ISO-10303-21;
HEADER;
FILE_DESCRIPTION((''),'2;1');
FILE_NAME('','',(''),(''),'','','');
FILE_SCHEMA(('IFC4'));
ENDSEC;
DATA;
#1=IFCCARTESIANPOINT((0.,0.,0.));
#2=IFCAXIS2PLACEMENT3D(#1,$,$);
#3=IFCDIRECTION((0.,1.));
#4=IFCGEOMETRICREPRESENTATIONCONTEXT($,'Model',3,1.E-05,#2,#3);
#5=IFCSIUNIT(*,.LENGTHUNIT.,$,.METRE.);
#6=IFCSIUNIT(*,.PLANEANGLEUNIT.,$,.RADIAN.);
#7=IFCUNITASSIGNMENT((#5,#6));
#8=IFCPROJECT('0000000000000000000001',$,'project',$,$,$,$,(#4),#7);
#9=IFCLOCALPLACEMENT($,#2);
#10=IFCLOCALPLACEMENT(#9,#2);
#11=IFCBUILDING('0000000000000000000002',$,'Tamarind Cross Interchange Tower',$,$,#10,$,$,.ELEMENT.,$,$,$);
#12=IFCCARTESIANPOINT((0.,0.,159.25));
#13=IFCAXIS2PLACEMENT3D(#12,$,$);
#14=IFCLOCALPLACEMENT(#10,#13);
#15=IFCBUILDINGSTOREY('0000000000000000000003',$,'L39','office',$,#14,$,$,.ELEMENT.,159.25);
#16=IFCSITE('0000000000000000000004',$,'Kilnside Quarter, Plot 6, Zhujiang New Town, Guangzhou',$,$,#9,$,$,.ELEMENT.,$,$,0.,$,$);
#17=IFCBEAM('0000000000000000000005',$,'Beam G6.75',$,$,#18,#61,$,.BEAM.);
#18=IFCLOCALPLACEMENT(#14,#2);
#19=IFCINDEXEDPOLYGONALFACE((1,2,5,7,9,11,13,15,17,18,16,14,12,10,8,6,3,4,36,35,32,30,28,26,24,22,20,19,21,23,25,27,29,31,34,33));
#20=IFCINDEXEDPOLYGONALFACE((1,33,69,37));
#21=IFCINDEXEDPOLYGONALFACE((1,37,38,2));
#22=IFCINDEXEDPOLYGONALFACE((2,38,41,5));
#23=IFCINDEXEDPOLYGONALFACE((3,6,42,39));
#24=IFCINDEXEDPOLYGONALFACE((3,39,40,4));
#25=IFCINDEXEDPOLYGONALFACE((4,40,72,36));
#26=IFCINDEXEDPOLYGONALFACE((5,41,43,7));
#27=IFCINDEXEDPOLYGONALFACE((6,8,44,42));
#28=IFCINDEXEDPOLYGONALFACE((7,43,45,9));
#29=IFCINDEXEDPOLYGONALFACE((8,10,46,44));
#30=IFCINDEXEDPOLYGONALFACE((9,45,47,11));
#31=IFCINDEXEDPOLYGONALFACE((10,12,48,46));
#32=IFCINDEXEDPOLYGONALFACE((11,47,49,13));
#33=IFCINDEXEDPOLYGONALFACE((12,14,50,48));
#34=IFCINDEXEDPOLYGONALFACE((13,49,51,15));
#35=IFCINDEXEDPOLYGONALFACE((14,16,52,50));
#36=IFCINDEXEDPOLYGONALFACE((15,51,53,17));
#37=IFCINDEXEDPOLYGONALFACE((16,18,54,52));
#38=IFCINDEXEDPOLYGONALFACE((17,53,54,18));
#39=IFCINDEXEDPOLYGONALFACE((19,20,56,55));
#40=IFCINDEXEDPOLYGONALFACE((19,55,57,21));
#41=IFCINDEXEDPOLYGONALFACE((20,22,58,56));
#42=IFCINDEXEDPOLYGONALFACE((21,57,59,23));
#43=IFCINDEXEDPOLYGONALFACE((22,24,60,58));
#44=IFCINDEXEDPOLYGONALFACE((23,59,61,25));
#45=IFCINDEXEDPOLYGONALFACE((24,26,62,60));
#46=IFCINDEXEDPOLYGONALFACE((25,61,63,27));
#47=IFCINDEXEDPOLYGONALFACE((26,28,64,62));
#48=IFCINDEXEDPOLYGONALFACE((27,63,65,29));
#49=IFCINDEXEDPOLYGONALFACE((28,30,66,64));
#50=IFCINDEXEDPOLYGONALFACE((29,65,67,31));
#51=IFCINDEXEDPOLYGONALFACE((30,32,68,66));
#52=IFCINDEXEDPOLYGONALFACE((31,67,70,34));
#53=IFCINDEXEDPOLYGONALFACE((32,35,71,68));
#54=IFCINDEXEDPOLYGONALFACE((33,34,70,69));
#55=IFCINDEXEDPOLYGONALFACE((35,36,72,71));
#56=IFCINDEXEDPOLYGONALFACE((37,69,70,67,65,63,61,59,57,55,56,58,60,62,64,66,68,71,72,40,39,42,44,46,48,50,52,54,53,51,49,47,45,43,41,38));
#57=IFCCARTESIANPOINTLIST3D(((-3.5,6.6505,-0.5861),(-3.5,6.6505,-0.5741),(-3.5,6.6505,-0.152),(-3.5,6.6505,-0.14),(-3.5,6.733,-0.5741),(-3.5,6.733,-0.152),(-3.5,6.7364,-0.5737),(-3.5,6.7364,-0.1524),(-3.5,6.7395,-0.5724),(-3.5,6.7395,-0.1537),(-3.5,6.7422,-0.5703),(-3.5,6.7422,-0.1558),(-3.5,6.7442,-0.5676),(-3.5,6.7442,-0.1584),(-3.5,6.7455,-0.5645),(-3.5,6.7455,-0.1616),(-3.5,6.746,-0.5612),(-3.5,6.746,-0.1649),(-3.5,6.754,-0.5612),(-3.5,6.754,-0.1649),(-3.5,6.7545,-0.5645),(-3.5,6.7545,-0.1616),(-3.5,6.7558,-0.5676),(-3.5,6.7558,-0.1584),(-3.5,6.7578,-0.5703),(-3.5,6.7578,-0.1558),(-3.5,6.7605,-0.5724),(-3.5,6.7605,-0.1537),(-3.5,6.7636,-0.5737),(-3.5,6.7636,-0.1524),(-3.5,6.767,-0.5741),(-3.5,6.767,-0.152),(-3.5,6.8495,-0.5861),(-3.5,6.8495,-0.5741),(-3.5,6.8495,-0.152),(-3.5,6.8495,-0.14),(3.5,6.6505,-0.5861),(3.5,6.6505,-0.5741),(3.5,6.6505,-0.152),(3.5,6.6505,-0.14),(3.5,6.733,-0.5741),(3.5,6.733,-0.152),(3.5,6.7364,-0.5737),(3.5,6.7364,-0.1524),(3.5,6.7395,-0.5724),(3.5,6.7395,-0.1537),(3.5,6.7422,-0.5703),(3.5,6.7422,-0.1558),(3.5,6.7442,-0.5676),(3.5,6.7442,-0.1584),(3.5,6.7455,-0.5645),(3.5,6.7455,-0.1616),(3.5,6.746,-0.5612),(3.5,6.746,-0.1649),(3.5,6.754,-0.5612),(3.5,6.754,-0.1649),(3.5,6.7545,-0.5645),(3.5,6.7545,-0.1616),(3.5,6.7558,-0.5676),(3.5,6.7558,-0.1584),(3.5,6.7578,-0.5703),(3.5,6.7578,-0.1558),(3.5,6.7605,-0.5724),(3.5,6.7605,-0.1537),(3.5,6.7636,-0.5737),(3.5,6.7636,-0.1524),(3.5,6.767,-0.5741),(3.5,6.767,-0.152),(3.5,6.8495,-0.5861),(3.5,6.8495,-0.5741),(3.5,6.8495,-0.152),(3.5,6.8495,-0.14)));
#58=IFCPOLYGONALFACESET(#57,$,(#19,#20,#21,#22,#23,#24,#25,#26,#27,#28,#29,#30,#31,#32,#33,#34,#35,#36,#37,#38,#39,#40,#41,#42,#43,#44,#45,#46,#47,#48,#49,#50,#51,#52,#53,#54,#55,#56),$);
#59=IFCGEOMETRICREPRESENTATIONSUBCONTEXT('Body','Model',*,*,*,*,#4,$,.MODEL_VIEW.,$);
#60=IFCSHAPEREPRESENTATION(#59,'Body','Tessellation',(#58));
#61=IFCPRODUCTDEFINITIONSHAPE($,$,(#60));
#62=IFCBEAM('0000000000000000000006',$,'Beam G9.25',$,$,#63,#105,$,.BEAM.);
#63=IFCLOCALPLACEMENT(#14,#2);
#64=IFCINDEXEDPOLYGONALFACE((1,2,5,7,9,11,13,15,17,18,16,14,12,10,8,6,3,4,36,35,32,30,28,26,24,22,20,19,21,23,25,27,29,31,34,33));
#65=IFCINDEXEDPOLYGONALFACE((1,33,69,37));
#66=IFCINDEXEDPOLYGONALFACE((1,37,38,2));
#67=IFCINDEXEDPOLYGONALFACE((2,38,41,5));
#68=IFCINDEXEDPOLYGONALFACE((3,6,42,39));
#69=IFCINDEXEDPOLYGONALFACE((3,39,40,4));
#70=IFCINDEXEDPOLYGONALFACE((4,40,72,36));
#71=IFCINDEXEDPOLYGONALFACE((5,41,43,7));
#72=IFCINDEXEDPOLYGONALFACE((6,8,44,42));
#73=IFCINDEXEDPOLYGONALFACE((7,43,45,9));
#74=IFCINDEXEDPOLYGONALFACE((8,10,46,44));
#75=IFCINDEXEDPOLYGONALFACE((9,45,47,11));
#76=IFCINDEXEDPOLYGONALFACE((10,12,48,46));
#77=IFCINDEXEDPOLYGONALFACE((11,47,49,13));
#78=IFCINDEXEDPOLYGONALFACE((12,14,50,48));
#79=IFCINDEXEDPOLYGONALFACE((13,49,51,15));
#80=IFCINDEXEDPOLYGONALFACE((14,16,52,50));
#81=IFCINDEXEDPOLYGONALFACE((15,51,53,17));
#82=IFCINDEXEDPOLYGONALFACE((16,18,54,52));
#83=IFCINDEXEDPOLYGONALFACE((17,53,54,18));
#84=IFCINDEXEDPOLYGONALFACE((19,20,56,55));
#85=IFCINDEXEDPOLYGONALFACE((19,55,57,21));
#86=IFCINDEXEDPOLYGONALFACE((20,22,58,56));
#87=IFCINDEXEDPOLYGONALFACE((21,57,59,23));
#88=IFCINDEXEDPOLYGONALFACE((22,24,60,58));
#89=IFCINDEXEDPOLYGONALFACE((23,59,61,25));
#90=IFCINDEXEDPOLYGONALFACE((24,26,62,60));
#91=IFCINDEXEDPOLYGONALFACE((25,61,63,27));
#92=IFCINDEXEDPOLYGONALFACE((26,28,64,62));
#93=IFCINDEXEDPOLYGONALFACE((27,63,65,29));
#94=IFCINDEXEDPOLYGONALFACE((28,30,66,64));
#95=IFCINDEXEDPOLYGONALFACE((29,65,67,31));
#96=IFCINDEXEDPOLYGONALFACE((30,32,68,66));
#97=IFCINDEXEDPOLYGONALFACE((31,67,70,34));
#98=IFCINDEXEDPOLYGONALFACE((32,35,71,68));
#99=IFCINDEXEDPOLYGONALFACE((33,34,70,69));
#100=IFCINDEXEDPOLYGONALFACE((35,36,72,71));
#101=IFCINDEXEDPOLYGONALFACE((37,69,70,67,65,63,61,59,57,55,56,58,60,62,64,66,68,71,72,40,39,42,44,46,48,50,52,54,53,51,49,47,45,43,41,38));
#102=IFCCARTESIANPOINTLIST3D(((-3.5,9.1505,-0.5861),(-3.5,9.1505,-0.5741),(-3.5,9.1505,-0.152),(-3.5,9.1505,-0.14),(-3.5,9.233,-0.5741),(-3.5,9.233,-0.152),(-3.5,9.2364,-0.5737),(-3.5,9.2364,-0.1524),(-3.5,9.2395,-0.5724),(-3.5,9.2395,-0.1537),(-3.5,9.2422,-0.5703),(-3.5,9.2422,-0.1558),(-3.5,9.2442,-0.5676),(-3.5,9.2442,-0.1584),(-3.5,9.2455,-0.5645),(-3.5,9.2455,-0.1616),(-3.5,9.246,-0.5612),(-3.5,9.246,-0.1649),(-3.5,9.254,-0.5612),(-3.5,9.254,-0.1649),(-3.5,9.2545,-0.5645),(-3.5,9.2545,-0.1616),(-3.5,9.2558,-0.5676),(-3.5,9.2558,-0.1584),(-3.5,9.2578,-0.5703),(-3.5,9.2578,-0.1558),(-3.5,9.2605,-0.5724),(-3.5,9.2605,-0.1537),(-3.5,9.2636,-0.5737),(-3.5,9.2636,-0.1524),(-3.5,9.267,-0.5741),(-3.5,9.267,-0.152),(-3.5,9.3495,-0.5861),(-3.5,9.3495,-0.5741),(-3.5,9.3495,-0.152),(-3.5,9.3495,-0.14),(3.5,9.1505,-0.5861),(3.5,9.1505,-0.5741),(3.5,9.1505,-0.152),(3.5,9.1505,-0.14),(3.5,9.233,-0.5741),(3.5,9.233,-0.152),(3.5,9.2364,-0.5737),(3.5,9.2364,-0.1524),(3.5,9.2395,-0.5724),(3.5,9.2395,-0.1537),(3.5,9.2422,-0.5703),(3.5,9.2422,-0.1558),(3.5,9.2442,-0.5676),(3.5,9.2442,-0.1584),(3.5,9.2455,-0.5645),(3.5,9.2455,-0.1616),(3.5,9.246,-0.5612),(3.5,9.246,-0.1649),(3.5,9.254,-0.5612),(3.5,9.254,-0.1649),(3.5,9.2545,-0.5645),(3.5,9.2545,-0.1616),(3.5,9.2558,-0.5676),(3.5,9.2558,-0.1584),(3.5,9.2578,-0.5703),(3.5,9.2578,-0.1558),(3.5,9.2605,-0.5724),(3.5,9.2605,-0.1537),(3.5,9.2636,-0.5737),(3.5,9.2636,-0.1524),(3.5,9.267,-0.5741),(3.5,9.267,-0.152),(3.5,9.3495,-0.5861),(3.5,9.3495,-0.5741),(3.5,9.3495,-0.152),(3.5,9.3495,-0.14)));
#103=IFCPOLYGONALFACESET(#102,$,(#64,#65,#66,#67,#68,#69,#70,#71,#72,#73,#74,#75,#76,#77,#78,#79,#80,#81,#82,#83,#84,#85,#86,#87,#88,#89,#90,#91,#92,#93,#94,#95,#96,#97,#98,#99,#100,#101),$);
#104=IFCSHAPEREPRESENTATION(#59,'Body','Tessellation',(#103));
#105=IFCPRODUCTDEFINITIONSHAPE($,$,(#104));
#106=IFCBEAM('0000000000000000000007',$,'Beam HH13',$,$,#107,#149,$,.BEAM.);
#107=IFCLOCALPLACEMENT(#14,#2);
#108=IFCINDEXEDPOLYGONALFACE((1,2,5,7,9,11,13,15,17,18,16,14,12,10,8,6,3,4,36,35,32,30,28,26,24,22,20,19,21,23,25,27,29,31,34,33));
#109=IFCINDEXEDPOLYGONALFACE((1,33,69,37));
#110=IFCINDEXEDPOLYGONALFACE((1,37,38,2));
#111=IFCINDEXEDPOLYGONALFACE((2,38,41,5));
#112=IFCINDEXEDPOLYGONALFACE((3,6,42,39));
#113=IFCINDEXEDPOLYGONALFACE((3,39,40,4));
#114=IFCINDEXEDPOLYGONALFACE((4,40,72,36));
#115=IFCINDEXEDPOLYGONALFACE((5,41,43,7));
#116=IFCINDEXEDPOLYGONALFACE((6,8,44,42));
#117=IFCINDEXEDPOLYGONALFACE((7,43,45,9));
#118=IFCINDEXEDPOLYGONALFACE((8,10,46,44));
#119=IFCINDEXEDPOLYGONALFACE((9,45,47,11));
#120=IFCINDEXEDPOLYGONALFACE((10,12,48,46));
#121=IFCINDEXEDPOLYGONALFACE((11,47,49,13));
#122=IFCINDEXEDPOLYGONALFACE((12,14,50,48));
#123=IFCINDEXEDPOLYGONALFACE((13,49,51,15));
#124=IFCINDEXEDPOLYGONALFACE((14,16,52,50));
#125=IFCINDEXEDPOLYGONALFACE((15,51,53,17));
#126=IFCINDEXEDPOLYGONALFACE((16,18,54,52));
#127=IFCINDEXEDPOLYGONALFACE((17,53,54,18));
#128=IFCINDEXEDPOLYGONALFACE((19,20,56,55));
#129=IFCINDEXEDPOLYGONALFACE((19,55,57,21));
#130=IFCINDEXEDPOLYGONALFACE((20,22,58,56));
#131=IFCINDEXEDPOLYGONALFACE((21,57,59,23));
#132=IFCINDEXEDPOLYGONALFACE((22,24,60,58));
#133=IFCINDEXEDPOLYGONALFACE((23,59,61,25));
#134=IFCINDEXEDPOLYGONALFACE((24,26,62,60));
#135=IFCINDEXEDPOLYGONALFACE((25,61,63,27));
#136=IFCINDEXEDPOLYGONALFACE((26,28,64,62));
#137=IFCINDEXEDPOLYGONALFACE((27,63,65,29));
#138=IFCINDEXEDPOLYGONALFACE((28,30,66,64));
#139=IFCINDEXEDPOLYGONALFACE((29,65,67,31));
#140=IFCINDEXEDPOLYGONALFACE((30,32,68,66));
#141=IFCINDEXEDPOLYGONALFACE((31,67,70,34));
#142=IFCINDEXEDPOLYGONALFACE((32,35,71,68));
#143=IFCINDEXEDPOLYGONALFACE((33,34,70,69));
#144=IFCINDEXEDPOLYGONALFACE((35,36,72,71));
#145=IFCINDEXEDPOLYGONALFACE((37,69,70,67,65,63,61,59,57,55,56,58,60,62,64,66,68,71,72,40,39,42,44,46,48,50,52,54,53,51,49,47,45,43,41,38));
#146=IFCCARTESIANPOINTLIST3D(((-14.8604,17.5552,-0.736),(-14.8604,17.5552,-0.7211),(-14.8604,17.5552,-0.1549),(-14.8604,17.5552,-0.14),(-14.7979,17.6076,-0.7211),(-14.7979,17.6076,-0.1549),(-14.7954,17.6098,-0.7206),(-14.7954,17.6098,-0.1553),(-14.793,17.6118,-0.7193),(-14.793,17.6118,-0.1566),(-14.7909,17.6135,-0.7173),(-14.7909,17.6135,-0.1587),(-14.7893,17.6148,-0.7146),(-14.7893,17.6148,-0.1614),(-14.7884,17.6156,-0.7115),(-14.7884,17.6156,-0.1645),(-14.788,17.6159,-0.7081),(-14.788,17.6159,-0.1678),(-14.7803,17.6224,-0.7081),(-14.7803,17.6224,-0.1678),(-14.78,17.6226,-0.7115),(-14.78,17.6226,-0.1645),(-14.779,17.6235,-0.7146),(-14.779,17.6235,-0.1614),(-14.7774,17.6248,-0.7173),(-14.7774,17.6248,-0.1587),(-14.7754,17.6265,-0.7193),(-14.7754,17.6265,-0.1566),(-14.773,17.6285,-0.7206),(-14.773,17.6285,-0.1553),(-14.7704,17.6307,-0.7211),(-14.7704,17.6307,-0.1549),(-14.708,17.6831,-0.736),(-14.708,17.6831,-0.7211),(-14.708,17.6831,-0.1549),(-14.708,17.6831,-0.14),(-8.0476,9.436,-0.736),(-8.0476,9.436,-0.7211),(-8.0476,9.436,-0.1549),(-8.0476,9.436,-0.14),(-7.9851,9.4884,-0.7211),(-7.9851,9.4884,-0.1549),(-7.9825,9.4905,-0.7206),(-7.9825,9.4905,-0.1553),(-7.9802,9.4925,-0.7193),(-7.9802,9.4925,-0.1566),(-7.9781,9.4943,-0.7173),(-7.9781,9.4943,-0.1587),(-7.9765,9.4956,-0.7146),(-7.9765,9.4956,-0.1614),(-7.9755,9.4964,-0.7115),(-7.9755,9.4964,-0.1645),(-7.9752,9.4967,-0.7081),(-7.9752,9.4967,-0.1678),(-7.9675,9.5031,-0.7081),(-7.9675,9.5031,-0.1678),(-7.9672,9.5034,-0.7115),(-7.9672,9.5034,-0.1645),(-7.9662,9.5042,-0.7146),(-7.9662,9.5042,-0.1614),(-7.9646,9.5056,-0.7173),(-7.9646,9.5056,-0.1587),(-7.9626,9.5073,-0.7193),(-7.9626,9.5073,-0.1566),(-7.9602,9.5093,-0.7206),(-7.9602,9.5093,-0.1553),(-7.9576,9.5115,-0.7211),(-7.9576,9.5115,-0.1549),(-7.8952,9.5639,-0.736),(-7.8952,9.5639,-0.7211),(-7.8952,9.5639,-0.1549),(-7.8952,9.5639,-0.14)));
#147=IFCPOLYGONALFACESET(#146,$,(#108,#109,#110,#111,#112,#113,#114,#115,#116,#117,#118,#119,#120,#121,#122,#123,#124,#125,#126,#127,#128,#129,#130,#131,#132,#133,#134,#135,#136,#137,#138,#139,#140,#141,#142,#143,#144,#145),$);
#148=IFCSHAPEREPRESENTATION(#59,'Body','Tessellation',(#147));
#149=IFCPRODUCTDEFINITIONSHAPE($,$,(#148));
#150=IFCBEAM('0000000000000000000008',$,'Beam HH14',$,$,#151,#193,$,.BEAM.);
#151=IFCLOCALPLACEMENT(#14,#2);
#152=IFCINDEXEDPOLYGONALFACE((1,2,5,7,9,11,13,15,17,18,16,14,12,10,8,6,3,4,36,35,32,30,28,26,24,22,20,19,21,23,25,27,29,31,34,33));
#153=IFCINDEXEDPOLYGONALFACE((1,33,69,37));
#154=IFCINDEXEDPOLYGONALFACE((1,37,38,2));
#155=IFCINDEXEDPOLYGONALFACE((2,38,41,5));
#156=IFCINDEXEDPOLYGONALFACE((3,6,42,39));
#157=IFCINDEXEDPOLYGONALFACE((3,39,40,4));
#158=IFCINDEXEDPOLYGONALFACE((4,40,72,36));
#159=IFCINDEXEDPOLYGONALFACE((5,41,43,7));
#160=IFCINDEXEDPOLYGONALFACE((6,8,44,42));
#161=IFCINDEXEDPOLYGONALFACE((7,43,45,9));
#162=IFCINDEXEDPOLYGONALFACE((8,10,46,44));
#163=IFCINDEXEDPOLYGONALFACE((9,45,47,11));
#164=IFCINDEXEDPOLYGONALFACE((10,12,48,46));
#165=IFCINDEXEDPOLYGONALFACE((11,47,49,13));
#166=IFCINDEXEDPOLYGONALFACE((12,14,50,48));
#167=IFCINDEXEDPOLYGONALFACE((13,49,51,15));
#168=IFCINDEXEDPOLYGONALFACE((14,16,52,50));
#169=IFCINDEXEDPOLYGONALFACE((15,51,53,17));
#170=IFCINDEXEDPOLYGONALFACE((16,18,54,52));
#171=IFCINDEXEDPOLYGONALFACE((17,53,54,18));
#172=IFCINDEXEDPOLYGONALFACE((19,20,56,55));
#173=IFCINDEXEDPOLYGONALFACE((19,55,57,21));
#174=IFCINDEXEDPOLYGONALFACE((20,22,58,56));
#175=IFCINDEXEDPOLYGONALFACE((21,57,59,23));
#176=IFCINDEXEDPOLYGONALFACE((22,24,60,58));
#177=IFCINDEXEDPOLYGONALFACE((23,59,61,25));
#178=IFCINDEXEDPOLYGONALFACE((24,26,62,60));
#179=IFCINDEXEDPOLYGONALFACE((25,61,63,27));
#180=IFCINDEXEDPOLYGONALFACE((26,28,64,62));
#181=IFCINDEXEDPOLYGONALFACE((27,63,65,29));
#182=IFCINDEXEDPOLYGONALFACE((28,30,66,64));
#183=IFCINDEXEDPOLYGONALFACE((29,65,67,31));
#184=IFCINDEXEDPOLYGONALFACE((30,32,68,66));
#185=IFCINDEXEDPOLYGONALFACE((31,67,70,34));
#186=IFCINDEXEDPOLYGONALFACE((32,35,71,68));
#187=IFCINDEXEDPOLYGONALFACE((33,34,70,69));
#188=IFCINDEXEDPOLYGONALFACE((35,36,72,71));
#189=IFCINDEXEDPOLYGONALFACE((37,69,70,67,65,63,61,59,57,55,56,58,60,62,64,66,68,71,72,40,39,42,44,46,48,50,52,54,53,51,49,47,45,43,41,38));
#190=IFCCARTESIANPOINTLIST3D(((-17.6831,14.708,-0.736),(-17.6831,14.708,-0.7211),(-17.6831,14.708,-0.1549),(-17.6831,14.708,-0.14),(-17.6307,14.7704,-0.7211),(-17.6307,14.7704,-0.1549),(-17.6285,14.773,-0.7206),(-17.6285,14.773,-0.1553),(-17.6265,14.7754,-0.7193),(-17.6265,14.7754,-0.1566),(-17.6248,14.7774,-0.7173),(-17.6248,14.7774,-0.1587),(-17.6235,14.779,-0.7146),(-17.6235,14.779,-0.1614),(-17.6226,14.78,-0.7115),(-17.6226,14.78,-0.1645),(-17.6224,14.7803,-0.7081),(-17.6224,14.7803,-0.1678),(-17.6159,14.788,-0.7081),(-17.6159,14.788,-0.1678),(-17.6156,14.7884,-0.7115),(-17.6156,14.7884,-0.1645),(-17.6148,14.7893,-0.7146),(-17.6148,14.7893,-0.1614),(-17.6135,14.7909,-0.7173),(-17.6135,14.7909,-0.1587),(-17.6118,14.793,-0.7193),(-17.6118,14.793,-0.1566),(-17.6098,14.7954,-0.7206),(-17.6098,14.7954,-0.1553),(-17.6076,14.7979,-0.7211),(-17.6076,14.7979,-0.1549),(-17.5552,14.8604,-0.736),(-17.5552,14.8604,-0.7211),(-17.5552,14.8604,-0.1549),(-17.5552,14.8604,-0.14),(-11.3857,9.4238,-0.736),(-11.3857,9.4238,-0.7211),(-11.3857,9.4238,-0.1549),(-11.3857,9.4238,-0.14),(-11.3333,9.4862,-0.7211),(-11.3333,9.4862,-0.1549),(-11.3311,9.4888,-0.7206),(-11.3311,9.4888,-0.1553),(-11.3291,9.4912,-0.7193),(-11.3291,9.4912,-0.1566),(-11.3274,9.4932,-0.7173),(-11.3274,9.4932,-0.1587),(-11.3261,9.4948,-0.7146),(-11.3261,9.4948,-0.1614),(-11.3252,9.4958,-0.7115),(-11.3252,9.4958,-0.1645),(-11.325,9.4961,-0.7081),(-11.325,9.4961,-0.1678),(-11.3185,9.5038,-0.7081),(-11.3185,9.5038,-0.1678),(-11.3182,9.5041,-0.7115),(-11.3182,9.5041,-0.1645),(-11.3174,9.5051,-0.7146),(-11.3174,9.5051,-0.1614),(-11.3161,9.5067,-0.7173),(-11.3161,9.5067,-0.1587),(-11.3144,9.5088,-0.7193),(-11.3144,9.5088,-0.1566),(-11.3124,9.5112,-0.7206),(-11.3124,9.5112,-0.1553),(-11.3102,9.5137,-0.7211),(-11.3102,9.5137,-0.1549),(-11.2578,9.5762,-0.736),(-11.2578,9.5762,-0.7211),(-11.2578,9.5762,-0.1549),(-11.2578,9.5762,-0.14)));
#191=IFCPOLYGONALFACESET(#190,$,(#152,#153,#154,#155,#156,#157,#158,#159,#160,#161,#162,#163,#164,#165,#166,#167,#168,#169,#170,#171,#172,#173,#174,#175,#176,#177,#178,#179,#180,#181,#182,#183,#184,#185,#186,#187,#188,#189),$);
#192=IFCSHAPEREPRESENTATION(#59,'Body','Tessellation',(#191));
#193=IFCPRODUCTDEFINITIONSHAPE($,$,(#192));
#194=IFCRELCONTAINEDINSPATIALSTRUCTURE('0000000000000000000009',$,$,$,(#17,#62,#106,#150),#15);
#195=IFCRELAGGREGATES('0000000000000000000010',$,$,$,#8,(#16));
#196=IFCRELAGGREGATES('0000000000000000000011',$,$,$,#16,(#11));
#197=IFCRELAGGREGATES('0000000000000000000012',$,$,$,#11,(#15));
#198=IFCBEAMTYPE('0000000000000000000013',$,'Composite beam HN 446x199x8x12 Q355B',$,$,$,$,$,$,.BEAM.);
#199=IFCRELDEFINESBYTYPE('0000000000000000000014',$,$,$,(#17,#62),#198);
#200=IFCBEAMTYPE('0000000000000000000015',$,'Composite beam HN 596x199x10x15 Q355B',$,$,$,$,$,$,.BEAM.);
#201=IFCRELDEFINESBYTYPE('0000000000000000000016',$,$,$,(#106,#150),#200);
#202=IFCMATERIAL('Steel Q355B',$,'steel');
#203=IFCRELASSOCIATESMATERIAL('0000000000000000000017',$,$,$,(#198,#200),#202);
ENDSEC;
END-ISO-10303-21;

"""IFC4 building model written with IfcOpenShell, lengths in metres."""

from ifc_helpers import new_model, si_unit, direction, frame, origin, origin_2d, place, context, subcontext, project, spatial, i_section, extrude, material, material_profile, profile_set, type_object, element, save


model = new_model("IFC4")

# Units and contexts
model_context = context("Model", 3, precision=1e-05, world=origin(), true_north=direction((0.0, 1.0)))
body_context = subcontext(model_context, "Body", "Model", "MODEL_VIEW")
ifc_project = project(units=[si_unit("LENGTHUNIT", "METRE"), si_unit("PLANEANGLEUNIT", "RADIAN")], contexts=[model_context])

# Site, building, storey
site_placement = place(None, origin())
site = spatial("IfcSite", under=ifc_project, at=site_placement, Name="Kilnside Quarter, Plot 6, Zhujiang New Town, Guangzhou", CompositionType="ELEMENT", RefElevation=0.0)
building_placement = place(site_placement, origin())
building = spatial("IfcBuilding", under=site, at=building_placement, Name="Tamarind Cross Interchange Tower", CompositionType="ELEMENT")
storey_placement = place(building_placement, frame((0.0, 0.0, 159.25)))
storey = spatial("IfcBuildingStorey", under=building, at=storey_placement, Name="L39", Description="office", CompositionType="ELEMENT", Elevation=159.25)

# Beams
ifc_material_1 = material(Name="Steel Q355B", Category="steel")
ifc_material_profile_1 = material_profile(ifc_material_1, i_section(OverallWidth=0.199, OverallDepth=0.446, WebThickness=0.0081, FlangeThickness=0.012, FilletRadius=0.0129, at=origin_2d()), Name="HN 446x199x8x12")
ifc_profile_set_1 = profile_set([ifc_material_profile_1], Name="Steel Q355B")
beam_type_1 = type_object("IfcBeamType", Name="Composite beam HN 446x199x8x12 Q355B", PredefinedType="BEAM", material=ifc_profile_set_1)
for number, where, z_axis, x_axis, name in (
    (1, (-3.5, 6.75, -0.363), (1.0, 0.0, 0.0), (0.0, 1.0, 0.0), "Beam G6.75"),
    (2, (-3.5, 9.25, -0.363), (1.0, 0.0, 0.0), (0.0, 1.0, 0.0), "Beam G9.25"),
):
    element("IfcBeam", number, at=place(storey_placement, frame(where, z_axis=z_axis, x_axis=x_axis)), inside=storey, type_object=beam_type_1, Name=name, PredefinedType="BEAM", context=body_context, shape_type="SweptSolid", body=[
        extrude(i_section(OverallWidth=0.199, OverallDepth=0.446, WebThickness=0.0081, FlangeThickness=0.012, FilletRadius=0.0129, at=origin_2d()), origin(), (0.0, 0.0, 1.0), 7.0),
    ])
ifc_material_profile_2 = material_profile(ifc_material_1, i_section(OverallWidth=0.199, OverallDepth=0.5959, WebThickness=0.01, FlangeThickness=0.0149, FilletRadius=0.0129, at=origin_2d()), Name="HN 596x199x10x15")
ifc_profile_set_2 = profile_set([ifc_material_profile_2], Name="Steel Q355B")
beam_type_2 = type_object("IfcBeamType", Name="Composite beam HN 596x199x10x15 Q355B", PredefinedType="BEAM", material=ifc_profile_set_2)
beam_1_placement = place(storey_placement, frame((-14.7842, 17.6191, -0.438), z_axis=(0.642786, -0.766046, 0.0), x_axis=(0.766046, 0.642786, 0.0)))
element("IfcBeam", 3, at=beam_1_placement, inside=storey, type_object=beam_type_2, Name="Beam HH13", PredefinedType="BEAM", context=body_context, shape_type="SweptSolid", body=[
    extrude(i_section(OverallWidth=0.199, OverallDepth=0.5959, WebThickness=0.01, FlangeThickness=0.0149, FilletRadius=0.0129, at=origin_2d()), origin(), (0.0, 0.0, 1.0), 10.5989),
])
beam_2_placement = place(storey_placement, frame((-17.6191, 14.7842, -0.438), z_axis=(0.766041, -0.642792, 0.0), x_axis=(0.642792, 0.766041, 0.0)))
element("IfcBeam", 4, at=beam_2_placement, inside=storey, type_object=beam_type_2, Name="Beam HH14", PredefinedType="BEAM", context=body_context, shape_type="SweptSolid", body=[
    extrude(i_section(OverallWidth=0.199, OverallDepth=0.5959, WebThickness=0.01, FlangeThickness=0.0149, FilletRadius=0.0129, at=origin_2d()), origin(), (0.0, 0.0, 1.0), 8.2207),
])

save(model, "model.ifc")
